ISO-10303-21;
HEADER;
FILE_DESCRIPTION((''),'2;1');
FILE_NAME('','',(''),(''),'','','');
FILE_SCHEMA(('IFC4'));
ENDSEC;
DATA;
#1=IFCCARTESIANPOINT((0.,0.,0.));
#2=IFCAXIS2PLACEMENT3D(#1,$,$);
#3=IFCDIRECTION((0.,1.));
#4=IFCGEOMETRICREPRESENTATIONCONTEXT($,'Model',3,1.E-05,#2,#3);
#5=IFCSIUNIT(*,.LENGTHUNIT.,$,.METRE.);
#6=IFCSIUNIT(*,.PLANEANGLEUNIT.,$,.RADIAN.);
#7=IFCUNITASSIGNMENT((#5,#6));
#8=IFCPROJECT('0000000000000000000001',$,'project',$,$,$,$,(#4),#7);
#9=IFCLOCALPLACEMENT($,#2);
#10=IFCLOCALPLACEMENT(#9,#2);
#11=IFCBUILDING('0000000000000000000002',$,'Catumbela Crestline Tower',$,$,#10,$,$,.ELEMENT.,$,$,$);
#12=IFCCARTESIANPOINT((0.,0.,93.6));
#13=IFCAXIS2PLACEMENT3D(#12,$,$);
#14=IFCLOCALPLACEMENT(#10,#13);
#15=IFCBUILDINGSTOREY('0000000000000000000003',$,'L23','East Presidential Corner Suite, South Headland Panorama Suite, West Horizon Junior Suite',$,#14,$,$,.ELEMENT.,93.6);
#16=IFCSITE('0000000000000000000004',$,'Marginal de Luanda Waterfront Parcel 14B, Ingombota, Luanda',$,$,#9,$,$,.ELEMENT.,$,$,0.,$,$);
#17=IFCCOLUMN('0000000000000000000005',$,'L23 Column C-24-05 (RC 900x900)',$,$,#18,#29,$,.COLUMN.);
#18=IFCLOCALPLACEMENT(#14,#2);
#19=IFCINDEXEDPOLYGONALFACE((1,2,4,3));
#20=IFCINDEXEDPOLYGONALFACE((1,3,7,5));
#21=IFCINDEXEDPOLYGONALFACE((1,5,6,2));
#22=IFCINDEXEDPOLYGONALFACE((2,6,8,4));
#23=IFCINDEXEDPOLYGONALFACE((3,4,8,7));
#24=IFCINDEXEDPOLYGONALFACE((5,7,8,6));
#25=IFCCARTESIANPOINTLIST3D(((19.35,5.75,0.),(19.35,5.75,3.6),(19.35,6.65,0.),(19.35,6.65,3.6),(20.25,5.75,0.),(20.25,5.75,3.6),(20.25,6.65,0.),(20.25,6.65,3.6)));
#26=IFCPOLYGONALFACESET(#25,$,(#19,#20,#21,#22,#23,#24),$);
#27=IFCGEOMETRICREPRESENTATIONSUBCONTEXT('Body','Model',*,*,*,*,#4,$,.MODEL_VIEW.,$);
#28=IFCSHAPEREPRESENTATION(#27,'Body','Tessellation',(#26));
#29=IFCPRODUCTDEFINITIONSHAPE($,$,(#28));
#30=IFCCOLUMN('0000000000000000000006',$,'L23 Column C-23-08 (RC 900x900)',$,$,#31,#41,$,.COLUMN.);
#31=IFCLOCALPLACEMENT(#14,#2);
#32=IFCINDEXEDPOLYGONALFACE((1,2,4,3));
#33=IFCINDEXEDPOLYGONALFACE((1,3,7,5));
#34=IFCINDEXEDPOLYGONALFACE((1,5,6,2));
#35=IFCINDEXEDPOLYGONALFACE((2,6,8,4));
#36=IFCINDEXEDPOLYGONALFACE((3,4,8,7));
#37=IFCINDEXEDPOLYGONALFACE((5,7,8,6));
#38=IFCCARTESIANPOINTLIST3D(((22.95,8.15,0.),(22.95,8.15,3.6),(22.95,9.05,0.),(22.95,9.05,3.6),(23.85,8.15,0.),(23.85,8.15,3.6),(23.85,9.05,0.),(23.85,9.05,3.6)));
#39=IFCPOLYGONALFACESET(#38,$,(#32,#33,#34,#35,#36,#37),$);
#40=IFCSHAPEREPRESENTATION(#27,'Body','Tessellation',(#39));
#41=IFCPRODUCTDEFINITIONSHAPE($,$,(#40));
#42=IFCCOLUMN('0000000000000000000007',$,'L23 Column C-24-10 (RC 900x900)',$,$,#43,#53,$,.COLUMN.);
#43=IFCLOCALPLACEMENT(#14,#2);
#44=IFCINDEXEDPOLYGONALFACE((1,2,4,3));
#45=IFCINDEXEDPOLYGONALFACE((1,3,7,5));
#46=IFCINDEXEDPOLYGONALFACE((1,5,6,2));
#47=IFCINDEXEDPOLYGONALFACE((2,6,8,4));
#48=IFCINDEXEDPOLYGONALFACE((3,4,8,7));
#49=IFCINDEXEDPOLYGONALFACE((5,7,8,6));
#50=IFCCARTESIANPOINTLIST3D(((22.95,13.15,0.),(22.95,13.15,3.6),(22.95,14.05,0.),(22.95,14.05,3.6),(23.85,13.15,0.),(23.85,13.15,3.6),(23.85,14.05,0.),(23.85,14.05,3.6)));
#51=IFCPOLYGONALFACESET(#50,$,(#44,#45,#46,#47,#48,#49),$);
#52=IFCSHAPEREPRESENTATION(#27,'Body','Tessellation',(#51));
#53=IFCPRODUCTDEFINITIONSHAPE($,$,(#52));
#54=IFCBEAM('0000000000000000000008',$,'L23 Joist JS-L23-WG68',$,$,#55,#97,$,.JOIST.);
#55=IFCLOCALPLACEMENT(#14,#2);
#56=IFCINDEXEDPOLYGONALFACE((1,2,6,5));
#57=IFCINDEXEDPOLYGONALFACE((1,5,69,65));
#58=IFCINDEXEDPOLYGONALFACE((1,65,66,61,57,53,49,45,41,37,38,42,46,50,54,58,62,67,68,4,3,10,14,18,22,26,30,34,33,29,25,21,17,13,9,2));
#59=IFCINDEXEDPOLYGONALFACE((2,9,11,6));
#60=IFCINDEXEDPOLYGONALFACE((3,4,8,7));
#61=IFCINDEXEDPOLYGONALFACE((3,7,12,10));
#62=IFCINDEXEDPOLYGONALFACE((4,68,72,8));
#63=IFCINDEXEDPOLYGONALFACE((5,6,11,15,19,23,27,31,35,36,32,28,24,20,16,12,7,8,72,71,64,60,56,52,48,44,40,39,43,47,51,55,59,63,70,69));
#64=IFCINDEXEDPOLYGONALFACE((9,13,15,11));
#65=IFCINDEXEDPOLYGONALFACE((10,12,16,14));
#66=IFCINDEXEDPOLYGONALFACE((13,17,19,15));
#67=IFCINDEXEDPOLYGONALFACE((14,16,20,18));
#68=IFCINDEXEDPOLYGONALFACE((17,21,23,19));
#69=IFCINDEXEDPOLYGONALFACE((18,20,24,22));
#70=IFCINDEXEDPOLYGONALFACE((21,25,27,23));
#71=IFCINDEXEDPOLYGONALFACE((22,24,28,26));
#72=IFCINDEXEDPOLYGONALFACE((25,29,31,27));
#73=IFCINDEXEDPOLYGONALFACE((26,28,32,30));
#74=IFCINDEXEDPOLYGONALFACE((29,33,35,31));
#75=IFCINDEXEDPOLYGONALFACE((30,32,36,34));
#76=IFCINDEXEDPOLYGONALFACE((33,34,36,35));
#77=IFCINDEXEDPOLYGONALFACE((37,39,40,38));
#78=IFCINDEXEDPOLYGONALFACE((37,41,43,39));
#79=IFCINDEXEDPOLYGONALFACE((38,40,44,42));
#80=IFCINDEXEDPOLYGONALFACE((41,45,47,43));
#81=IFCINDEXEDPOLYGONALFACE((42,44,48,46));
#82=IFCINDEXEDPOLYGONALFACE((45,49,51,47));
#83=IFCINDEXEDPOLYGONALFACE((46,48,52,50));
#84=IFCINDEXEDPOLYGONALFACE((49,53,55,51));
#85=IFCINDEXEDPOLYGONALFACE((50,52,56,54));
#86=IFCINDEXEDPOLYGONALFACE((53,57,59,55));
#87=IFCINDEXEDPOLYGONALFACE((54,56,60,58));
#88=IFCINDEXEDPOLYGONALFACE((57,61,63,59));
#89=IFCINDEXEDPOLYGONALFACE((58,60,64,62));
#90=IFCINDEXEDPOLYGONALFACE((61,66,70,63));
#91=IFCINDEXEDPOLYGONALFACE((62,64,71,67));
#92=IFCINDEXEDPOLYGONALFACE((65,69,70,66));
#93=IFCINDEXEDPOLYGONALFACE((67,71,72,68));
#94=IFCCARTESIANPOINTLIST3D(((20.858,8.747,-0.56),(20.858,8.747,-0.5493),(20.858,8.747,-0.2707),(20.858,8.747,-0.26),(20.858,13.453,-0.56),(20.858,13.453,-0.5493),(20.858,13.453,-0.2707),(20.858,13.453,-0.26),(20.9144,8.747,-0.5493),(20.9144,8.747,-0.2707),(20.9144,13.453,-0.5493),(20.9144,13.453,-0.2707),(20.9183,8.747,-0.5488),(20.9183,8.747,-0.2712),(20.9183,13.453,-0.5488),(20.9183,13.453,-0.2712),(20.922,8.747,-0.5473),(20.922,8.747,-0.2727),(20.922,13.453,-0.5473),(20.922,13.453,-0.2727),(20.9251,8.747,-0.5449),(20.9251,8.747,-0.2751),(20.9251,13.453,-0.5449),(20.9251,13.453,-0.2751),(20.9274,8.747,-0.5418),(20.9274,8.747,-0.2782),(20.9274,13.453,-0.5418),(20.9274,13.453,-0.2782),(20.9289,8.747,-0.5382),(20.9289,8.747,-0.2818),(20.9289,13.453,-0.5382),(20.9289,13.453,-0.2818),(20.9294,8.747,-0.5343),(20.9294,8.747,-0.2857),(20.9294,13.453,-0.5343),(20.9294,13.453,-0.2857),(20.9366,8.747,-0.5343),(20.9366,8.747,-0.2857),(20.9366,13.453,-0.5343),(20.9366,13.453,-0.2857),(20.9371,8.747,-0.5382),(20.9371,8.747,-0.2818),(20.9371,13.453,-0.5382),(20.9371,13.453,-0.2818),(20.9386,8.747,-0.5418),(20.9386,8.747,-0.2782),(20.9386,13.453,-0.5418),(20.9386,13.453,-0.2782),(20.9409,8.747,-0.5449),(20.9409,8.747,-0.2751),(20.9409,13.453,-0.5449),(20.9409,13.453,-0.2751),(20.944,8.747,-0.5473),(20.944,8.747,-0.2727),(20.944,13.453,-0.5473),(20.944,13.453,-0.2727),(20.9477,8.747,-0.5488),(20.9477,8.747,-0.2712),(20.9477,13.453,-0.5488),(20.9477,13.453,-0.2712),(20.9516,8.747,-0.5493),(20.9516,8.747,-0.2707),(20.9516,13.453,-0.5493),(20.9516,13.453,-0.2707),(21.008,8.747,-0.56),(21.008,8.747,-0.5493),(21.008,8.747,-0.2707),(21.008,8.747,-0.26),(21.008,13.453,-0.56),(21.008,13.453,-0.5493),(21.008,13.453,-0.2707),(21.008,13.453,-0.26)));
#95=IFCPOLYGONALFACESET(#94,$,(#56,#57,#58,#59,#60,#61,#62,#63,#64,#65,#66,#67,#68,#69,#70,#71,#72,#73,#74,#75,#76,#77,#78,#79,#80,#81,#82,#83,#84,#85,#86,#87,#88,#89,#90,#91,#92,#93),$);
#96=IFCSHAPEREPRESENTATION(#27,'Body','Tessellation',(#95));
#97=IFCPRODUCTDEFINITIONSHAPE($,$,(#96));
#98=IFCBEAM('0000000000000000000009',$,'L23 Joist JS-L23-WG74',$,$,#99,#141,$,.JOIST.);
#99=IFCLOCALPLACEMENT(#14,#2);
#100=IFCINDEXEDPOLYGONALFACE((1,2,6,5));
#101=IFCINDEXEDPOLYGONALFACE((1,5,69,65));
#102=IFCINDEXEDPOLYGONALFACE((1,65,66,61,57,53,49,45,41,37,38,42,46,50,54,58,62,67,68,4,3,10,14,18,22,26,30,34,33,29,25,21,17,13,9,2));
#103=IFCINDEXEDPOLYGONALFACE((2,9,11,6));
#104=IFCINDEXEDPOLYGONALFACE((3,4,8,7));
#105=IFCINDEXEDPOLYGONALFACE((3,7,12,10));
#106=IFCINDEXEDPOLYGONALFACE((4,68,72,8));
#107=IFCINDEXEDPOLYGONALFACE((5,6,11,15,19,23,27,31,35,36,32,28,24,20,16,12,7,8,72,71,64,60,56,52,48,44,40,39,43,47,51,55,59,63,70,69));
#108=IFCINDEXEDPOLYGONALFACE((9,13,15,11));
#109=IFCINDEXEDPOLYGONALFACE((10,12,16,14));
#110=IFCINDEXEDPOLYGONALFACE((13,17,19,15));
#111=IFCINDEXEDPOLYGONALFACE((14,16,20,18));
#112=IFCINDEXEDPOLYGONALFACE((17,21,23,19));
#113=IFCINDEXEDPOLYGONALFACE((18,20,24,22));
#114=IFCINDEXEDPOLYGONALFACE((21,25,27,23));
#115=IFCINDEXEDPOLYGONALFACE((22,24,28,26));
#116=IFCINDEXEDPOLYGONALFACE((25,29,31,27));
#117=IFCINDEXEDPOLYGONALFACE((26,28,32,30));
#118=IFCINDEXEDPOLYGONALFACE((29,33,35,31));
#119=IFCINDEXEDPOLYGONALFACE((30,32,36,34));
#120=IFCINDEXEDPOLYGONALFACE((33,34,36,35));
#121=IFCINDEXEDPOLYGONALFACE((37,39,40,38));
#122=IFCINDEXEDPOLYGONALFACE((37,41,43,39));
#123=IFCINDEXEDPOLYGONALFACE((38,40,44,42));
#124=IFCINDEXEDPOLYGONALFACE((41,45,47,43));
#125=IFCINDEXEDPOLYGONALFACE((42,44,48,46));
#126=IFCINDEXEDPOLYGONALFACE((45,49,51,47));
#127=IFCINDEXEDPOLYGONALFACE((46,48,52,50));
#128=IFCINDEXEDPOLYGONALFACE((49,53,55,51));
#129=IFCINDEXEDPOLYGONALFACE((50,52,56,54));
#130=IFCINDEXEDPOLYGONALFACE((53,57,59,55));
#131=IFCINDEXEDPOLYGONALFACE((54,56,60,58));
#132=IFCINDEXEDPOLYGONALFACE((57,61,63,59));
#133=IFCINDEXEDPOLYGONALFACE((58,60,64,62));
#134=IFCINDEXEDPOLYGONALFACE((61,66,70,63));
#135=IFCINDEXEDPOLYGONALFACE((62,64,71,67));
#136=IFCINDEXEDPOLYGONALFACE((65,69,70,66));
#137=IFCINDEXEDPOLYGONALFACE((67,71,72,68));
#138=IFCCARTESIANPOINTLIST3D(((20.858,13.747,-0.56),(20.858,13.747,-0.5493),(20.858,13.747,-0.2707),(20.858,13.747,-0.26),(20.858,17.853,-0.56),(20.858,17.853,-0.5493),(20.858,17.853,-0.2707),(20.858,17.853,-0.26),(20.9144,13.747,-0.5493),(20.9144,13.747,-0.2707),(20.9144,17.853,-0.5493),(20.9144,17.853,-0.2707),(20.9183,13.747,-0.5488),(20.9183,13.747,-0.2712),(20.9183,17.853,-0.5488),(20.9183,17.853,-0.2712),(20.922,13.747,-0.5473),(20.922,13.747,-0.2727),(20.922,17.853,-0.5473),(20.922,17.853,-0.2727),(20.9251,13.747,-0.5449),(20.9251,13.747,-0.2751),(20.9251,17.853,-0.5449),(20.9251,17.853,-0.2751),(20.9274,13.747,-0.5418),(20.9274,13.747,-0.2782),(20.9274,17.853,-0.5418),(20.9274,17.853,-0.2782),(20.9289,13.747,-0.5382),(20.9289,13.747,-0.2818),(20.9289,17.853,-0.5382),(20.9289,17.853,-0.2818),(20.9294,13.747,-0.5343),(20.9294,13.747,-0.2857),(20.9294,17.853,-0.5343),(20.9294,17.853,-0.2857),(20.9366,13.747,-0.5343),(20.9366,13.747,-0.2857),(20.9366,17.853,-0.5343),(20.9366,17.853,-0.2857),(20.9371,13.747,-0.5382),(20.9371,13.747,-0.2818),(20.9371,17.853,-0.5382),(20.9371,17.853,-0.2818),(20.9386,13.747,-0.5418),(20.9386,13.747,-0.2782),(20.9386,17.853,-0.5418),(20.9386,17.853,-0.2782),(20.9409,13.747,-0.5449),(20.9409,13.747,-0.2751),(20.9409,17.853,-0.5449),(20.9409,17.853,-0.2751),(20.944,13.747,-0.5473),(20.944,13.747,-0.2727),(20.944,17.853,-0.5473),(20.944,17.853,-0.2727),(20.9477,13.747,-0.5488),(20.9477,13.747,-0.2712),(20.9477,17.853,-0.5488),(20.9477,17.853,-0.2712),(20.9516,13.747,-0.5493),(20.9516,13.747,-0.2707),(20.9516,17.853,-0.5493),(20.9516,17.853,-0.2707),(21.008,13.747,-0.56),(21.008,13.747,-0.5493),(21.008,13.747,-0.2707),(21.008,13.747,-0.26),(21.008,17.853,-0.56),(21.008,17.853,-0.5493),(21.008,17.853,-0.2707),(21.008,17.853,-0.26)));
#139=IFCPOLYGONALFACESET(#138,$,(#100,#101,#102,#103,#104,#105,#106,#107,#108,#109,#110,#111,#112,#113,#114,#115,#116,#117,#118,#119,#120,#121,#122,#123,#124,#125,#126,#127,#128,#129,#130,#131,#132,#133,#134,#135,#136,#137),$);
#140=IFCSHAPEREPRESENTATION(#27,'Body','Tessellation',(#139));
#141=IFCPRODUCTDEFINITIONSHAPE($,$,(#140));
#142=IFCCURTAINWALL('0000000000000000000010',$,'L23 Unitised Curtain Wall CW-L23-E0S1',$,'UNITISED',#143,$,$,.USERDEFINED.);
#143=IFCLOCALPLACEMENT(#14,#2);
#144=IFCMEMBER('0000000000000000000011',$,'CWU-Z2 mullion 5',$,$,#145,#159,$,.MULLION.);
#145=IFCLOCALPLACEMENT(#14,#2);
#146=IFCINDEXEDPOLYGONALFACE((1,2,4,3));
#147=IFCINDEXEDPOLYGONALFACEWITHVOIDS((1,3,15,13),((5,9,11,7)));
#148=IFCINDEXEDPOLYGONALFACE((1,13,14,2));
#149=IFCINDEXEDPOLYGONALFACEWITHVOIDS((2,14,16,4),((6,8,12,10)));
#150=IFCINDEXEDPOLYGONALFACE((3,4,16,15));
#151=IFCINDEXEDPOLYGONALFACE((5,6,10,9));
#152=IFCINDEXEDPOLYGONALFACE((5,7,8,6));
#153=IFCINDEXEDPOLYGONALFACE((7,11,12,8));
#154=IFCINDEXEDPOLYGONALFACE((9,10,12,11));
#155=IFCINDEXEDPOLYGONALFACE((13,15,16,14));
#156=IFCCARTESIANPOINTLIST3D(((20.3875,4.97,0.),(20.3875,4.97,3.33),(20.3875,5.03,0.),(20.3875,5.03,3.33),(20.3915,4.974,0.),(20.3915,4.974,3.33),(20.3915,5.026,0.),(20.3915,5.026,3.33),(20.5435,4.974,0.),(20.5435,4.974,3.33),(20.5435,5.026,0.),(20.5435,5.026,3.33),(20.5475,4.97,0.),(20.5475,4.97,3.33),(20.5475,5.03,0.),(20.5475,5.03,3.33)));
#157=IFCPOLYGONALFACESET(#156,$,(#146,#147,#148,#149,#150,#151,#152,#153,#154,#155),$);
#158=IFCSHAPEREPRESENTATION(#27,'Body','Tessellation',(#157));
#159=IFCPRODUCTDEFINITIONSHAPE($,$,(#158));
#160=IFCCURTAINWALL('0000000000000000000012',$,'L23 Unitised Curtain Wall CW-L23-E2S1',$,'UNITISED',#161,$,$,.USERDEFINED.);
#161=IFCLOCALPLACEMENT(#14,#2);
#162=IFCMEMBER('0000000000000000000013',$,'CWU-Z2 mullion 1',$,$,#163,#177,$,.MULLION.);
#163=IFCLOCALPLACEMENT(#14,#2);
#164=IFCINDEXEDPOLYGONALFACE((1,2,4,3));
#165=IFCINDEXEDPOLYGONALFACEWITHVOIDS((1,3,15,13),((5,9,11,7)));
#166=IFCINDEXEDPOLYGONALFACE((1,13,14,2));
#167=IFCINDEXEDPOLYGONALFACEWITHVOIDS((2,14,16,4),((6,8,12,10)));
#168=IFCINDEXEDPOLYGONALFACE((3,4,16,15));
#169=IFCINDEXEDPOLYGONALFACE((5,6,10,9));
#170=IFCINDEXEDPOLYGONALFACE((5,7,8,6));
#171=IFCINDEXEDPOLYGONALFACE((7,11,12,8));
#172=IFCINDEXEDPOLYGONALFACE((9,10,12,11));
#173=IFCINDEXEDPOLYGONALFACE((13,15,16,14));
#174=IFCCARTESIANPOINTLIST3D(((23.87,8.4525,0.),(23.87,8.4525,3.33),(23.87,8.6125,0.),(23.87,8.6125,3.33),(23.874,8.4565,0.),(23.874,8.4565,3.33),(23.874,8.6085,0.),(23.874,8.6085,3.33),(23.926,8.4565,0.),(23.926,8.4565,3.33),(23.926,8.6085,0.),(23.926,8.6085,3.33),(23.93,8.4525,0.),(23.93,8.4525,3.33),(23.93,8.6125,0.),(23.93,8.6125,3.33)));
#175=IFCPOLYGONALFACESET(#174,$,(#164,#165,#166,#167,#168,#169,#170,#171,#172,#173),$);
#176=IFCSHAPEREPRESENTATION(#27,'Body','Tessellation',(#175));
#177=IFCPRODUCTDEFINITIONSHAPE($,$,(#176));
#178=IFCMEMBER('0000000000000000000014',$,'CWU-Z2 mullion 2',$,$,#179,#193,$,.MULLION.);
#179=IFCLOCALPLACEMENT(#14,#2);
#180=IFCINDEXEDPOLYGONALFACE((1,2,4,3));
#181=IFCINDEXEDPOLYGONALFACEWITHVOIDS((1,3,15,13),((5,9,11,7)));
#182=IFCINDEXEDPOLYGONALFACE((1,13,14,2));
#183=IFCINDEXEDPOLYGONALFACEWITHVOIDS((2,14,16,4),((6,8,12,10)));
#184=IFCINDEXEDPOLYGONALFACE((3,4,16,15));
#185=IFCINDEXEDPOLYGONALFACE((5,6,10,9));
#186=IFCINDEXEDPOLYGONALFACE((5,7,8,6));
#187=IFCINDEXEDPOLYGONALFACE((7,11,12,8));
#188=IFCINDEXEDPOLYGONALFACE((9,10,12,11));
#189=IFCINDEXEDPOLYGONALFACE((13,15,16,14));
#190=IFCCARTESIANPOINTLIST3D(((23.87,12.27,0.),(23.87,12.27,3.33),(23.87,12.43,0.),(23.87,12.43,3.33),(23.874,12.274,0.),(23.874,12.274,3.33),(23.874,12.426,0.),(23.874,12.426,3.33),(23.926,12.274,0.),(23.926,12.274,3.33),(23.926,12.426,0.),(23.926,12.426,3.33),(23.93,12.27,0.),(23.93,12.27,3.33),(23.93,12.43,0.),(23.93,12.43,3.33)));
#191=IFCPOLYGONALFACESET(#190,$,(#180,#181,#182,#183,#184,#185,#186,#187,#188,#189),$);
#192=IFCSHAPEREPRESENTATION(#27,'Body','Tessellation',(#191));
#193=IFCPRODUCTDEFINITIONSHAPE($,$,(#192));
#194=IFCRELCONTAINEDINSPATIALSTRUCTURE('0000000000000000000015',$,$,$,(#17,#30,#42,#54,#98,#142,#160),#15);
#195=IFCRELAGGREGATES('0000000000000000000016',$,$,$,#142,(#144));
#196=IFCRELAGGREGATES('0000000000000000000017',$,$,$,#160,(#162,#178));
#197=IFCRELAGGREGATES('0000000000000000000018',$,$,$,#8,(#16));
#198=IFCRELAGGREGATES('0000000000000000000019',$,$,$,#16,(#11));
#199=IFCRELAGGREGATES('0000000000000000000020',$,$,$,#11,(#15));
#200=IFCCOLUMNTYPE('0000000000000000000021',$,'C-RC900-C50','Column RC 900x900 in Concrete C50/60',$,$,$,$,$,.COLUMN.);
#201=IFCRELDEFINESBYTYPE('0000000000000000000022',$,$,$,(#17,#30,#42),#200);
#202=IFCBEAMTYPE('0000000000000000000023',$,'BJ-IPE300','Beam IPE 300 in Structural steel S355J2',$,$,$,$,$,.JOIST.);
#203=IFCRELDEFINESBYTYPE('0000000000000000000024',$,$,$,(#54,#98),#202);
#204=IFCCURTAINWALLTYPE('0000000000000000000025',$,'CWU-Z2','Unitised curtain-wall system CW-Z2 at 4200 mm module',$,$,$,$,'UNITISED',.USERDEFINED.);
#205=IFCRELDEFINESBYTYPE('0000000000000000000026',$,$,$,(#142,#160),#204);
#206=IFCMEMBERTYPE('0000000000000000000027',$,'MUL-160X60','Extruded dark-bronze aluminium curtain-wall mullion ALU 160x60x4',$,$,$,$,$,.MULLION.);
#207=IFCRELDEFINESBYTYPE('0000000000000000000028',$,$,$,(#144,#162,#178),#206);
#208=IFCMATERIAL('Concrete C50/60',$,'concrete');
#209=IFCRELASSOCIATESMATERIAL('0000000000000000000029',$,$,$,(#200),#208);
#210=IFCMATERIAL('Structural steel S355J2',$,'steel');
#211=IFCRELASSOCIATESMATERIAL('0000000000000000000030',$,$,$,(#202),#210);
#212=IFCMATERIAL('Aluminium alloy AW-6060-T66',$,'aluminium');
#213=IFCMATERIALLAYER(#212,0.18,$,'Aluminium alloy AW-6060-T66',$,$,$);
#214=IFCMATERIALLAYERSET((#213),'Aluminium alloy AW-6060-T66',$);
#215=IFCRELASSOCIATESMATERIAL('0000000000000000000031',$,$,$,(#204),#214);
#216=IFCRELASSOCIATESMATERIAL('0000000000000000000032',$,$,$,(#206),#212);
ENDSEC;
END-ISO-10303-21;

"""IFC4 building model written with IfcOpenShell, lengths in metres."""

from ifc_helpers import new_model, si_unit, direction, frame, origin, origin_2d, place, context, subcontext, project, spatial, rectangle, hollow_rectangle, i_section, extrude, material, layer, layer_set, material_profile, profile_set, type_object, element, aggregate, save


model = new_model("IFC4")

# Units and contexts
model_context = context("Model", 3, precision=1e-05, world=origin(), true_north=direction((0.0, 1.0)))
body_context = subcontext(model_context, "Body", "Model", "MODEL_VIEW")
ifc_project = project(units=[si_unit("LENGTHUNIT", "METRE"), si_unit("PLANEANGLEUNIT", "RADIAN")], contexts=[model_context])

# Site, building, storey
site_placement = place(None, origin())
site = spatial("IfcSite", under=ifc_project, at=site_placement, Name="Marginal de Luanda Waterfront Parcel 14B, Ingombota, Luanda", CompositionType="ELEMENT", RefElevation=0.0)
building_placement = place(site_placement, origin())
building = spatial("IfcBuilding", under=site, at=building_placement, Name="Catumbela Crestline Tower", CompositionType="ELEMENT")
storey_placement = place(building_placement, frame((0.0, 0.0, 93.6)))
storey = spatial("IfcBuildingStorey", under=building, at=storey_placement, Name="L23", Description="East Presidential Corner Suite, South Headland Panorama Suite, West Horizon Junior Suite", CompositionType="ELEMENT", Elevation=93.6)

# Columns
ifc_material_1 = material(Name="Concrete C50/60", Category="concrete")
ifc_material_profile_1 = material_profile(ifc_material_1, rectangle(XDim=0.9, YDim=0.9, at=origin_2d()), Name="RC 900x900")
ifc_profile_set_1 = profile_set([ifc_material_profile_1], Name="Concrete C50/60")
column_type = type_object("IfcColumnType", Name="C-RC900-C50", Description="Column RC 900x900 in Concrete C50/60", PredefinedType="COLUMN", material=ifc_profile_set_1)
for number, where, z_axis, x_axis, name in (
    (1, (19.8, 6.2, 0.0), (0.0, 0.0, 1.0), (1.0, 0.0, 0.0), "L23 Column C-24-05 (RC 900x900)"),
    (2, (23.4, 8.6, 0.0), (0.0, 0.0, 1.0), (1.0, 0.0, 0.0), "L23 Column C-23-08 (RC 900x900)"),
    (3, (23.4, 13.6, 0.0), (0.0, 0.0, 1.0), (1.0, 0.0, 0.0), "L23 Column C-24-10 (RC 900x900)"),
):
    element("IfcColumn", number, at=place(storey_placement, frame(where, z_axis=z_axis, x_axis=x_axis)), inside=storey, type_object=column_type, Name=name, PredefinedType="COLUMN", context=body_context, shape_type="SweptSolid", body=[
        extrude(rectangle(XDim=0.9, YDim=0.9, at=origin_2d()), origin(), (0.0, 0.0, 1.0), 3.6),
    ])

# Beams
ifc_material_2 = material(Name="Structural steel S355J2", Category="steel")
ifc_material_profile_2 = material_profile(ifc_material_2, i_section(OverallWidth=0.15, OverallDepth=0.3, WebThickness=0.0071, FlangeThickness=0.0107, FilletRadius=0.015, at=origin_2d()), Name="IPE 300")
ifc_profile_set_2 = profile_set([ifc_material_profile_2], Name="Structural steel S355J2")
beam_type_1 = type_object("IfcBeamType", Name="BJ-IPE300", Description="Beam IPE 300 in Structural steel S355J2", PredefinedType="JOIST", material=ifc_profile_set_2)
beam_1_placement = place(storey_placement, frame((20.933, 8.747, -0.41), z_axis=(0.0, 1.0, 0.0), x_axis=(-1.0, 0.0, 0.0)))
element("IfcBeam", 4, at=beam_1_placement, inside=storey, type_object=beam_type_1, Name="L23 Joist JS-L23-WG68", PredefinedType="JOIST", context=body_context, shape_type="SweptSolid", body=[
    extrude(i_section(OverallWidth=0.15, OverallDepth=0.3, WebThickness=0.0071, FlangeThickness=0.0107, FilletRadius=0.015, at=origin_2d()), origin(), (0.0, 0.0, 1.0), 4.706),
])
beam_2_placement = place(storey_placement, frame((20.933, 13.747, -0.41), z_axis=(0.0, 1.0, 0.0), x_axis=(-1.0, 0.0, 0.0)))
element("IfcBeam", 5, at=beam_2_placement, inside=storey, type_object=beam_type_1, Name="L23 Joist JS-L23-WG74", PredefinedType="JOIST", context=body_context, shape_type="SweptSolid", body=[
    extrude(i_section(OverallWidth=0.15, OverallDepth=0.3, WebThickness=0.0071, FlangeThickness=0.0107, FilletRadius=0.015, at=origin_2d()), origin(), (0.0, 0.0, 1.0), 4.106),
])

# Curtain wall, member
ifc_material_3 = material(Name="Aluminium alloy AW-6060-T66", Category="aluminium")
ifc_layer_1 = layer(ifc_material_3, 0.18, Name="Aluminium alloy AW-6060-T66")
ifc_layer_set_1 = layer_set([ifc_layer_1], Name="Aluminium alloy AW-6060-T66")
curtain_wall_type = type_object("IfcCurtainWallType", Name="CWU-Z2", Description="Unitised curtain-wall system CW-Z2 at 4200 mm module", ElementType="UNITISED", PredefinedType="USERDEFINED", material=ifc_layer_set_1)
curtain_wall_1_placement = place(storey_placement, origin())
curtain_wall_1 = element("IfcCurtainWall", 6, at=curtain_wall_1_placement, inside=storey, type_object=curtain_wall_type, Name="L23 Unitised Curtain Wall CW-L23-E0S1", ObjectType="UNITISED", PredefinedType="USERDEFINED")
ifc_material_profile_3 = material_profile(ifc_material_3, hollow_rectangle(XDim=0.06, YDim=0.16, WallThickness=0.004, at=origin_2d()), Name="ALU 160x60x4")
ifc_profile_set_3 = profile_set([ifc_material_profile_3], Name="Aluminium alloy AW-6060-T66")
member_type_1 = type_object("IfcMemberType", Name="MUL-160X60", Description="Extruded dark-bronze aluminium curtain-wall mullion ALU 160x60x4", PredefinedType="MULLION", material=ifc_profile_set_3)
member_1_placement = place(storey_placement, frame((20.4675, 5.0, 0.0), z_axis=(0.0, 0.0, 1.0), x_axis=(0.0, 1.0, 0.0)))
member_1 = element("IfcMember", 7, at=member_1_placement, type_object=member_type_1, Name="CWU-Z2 mullion 5", PredefinedType="MULLION", context=body_context, shape_type="SweptSolid", body=[
    extrude(hollow_rectangle(XDim=0.06, YDim=0.16, WallThickness=0.004, at=origin_2d()), origin(), (0.0, 0.0, 1.0), 3.33),
])
aggregate(curtain_wall_1, [member_1])

# Curtain wall, members
curtain_wall_2_placement = place(storey_placement, origin())
curtain_wall_2 = element("IfcCurtainWall", 8, at=curtain_wall_2_placement, inside=storey, type_object=curtain_wall_type, Name="L23 Unitised Curtain Wall CW-L23-E2S1", ObjectType="UNITISED", PredefinedType="USERDEFINED")
member_2_placement = place(storey_placement, frame((23.9, 8.5325, 0.0), z_axis=(0.0, 0.0, 1.0), x_axis=(-1.0, 0.0, 0.0)))
member_2 = element("IfcMember", 9, at=member_2_placement, type_object=member_type_1, Name="CWU-Z2 mullion 1", PredefinedType="MULLION", context=body_context, shape_type="SweptSolid", body=[
    extrude(hollow_rectangle(XDim=0.06, YDim=0.16, WallThickness=0.004, at=origin_2d()), origin(), (0.0, 0.0, 1.0), 3.33),
])
member_3_placement = place(storey_placement, frame((23.9, 12.35, 0.0), z_axis=(0.0, 0.0, 1.0), x_axis=(-1.0, 0.0, 0.0)))
member_3 = element("IfcMember", 10, at=member_3_placement, type_object=member_type_1, Name="CWU-Z2 mullion 2", PredefinedType="MULLION", context=body_context, shape_type="SweptSolid", body=[
    extrude(hollow_rectangle(XDim=0.06, YDim=0.16, WallThickness=0.004, at=origin_2d()), origin(), (0.0, 0.0, 1.0), 3.33),
])

aggregate(curtain_wall_2, [member_2, member_3])

save(model, "model.ifc")
